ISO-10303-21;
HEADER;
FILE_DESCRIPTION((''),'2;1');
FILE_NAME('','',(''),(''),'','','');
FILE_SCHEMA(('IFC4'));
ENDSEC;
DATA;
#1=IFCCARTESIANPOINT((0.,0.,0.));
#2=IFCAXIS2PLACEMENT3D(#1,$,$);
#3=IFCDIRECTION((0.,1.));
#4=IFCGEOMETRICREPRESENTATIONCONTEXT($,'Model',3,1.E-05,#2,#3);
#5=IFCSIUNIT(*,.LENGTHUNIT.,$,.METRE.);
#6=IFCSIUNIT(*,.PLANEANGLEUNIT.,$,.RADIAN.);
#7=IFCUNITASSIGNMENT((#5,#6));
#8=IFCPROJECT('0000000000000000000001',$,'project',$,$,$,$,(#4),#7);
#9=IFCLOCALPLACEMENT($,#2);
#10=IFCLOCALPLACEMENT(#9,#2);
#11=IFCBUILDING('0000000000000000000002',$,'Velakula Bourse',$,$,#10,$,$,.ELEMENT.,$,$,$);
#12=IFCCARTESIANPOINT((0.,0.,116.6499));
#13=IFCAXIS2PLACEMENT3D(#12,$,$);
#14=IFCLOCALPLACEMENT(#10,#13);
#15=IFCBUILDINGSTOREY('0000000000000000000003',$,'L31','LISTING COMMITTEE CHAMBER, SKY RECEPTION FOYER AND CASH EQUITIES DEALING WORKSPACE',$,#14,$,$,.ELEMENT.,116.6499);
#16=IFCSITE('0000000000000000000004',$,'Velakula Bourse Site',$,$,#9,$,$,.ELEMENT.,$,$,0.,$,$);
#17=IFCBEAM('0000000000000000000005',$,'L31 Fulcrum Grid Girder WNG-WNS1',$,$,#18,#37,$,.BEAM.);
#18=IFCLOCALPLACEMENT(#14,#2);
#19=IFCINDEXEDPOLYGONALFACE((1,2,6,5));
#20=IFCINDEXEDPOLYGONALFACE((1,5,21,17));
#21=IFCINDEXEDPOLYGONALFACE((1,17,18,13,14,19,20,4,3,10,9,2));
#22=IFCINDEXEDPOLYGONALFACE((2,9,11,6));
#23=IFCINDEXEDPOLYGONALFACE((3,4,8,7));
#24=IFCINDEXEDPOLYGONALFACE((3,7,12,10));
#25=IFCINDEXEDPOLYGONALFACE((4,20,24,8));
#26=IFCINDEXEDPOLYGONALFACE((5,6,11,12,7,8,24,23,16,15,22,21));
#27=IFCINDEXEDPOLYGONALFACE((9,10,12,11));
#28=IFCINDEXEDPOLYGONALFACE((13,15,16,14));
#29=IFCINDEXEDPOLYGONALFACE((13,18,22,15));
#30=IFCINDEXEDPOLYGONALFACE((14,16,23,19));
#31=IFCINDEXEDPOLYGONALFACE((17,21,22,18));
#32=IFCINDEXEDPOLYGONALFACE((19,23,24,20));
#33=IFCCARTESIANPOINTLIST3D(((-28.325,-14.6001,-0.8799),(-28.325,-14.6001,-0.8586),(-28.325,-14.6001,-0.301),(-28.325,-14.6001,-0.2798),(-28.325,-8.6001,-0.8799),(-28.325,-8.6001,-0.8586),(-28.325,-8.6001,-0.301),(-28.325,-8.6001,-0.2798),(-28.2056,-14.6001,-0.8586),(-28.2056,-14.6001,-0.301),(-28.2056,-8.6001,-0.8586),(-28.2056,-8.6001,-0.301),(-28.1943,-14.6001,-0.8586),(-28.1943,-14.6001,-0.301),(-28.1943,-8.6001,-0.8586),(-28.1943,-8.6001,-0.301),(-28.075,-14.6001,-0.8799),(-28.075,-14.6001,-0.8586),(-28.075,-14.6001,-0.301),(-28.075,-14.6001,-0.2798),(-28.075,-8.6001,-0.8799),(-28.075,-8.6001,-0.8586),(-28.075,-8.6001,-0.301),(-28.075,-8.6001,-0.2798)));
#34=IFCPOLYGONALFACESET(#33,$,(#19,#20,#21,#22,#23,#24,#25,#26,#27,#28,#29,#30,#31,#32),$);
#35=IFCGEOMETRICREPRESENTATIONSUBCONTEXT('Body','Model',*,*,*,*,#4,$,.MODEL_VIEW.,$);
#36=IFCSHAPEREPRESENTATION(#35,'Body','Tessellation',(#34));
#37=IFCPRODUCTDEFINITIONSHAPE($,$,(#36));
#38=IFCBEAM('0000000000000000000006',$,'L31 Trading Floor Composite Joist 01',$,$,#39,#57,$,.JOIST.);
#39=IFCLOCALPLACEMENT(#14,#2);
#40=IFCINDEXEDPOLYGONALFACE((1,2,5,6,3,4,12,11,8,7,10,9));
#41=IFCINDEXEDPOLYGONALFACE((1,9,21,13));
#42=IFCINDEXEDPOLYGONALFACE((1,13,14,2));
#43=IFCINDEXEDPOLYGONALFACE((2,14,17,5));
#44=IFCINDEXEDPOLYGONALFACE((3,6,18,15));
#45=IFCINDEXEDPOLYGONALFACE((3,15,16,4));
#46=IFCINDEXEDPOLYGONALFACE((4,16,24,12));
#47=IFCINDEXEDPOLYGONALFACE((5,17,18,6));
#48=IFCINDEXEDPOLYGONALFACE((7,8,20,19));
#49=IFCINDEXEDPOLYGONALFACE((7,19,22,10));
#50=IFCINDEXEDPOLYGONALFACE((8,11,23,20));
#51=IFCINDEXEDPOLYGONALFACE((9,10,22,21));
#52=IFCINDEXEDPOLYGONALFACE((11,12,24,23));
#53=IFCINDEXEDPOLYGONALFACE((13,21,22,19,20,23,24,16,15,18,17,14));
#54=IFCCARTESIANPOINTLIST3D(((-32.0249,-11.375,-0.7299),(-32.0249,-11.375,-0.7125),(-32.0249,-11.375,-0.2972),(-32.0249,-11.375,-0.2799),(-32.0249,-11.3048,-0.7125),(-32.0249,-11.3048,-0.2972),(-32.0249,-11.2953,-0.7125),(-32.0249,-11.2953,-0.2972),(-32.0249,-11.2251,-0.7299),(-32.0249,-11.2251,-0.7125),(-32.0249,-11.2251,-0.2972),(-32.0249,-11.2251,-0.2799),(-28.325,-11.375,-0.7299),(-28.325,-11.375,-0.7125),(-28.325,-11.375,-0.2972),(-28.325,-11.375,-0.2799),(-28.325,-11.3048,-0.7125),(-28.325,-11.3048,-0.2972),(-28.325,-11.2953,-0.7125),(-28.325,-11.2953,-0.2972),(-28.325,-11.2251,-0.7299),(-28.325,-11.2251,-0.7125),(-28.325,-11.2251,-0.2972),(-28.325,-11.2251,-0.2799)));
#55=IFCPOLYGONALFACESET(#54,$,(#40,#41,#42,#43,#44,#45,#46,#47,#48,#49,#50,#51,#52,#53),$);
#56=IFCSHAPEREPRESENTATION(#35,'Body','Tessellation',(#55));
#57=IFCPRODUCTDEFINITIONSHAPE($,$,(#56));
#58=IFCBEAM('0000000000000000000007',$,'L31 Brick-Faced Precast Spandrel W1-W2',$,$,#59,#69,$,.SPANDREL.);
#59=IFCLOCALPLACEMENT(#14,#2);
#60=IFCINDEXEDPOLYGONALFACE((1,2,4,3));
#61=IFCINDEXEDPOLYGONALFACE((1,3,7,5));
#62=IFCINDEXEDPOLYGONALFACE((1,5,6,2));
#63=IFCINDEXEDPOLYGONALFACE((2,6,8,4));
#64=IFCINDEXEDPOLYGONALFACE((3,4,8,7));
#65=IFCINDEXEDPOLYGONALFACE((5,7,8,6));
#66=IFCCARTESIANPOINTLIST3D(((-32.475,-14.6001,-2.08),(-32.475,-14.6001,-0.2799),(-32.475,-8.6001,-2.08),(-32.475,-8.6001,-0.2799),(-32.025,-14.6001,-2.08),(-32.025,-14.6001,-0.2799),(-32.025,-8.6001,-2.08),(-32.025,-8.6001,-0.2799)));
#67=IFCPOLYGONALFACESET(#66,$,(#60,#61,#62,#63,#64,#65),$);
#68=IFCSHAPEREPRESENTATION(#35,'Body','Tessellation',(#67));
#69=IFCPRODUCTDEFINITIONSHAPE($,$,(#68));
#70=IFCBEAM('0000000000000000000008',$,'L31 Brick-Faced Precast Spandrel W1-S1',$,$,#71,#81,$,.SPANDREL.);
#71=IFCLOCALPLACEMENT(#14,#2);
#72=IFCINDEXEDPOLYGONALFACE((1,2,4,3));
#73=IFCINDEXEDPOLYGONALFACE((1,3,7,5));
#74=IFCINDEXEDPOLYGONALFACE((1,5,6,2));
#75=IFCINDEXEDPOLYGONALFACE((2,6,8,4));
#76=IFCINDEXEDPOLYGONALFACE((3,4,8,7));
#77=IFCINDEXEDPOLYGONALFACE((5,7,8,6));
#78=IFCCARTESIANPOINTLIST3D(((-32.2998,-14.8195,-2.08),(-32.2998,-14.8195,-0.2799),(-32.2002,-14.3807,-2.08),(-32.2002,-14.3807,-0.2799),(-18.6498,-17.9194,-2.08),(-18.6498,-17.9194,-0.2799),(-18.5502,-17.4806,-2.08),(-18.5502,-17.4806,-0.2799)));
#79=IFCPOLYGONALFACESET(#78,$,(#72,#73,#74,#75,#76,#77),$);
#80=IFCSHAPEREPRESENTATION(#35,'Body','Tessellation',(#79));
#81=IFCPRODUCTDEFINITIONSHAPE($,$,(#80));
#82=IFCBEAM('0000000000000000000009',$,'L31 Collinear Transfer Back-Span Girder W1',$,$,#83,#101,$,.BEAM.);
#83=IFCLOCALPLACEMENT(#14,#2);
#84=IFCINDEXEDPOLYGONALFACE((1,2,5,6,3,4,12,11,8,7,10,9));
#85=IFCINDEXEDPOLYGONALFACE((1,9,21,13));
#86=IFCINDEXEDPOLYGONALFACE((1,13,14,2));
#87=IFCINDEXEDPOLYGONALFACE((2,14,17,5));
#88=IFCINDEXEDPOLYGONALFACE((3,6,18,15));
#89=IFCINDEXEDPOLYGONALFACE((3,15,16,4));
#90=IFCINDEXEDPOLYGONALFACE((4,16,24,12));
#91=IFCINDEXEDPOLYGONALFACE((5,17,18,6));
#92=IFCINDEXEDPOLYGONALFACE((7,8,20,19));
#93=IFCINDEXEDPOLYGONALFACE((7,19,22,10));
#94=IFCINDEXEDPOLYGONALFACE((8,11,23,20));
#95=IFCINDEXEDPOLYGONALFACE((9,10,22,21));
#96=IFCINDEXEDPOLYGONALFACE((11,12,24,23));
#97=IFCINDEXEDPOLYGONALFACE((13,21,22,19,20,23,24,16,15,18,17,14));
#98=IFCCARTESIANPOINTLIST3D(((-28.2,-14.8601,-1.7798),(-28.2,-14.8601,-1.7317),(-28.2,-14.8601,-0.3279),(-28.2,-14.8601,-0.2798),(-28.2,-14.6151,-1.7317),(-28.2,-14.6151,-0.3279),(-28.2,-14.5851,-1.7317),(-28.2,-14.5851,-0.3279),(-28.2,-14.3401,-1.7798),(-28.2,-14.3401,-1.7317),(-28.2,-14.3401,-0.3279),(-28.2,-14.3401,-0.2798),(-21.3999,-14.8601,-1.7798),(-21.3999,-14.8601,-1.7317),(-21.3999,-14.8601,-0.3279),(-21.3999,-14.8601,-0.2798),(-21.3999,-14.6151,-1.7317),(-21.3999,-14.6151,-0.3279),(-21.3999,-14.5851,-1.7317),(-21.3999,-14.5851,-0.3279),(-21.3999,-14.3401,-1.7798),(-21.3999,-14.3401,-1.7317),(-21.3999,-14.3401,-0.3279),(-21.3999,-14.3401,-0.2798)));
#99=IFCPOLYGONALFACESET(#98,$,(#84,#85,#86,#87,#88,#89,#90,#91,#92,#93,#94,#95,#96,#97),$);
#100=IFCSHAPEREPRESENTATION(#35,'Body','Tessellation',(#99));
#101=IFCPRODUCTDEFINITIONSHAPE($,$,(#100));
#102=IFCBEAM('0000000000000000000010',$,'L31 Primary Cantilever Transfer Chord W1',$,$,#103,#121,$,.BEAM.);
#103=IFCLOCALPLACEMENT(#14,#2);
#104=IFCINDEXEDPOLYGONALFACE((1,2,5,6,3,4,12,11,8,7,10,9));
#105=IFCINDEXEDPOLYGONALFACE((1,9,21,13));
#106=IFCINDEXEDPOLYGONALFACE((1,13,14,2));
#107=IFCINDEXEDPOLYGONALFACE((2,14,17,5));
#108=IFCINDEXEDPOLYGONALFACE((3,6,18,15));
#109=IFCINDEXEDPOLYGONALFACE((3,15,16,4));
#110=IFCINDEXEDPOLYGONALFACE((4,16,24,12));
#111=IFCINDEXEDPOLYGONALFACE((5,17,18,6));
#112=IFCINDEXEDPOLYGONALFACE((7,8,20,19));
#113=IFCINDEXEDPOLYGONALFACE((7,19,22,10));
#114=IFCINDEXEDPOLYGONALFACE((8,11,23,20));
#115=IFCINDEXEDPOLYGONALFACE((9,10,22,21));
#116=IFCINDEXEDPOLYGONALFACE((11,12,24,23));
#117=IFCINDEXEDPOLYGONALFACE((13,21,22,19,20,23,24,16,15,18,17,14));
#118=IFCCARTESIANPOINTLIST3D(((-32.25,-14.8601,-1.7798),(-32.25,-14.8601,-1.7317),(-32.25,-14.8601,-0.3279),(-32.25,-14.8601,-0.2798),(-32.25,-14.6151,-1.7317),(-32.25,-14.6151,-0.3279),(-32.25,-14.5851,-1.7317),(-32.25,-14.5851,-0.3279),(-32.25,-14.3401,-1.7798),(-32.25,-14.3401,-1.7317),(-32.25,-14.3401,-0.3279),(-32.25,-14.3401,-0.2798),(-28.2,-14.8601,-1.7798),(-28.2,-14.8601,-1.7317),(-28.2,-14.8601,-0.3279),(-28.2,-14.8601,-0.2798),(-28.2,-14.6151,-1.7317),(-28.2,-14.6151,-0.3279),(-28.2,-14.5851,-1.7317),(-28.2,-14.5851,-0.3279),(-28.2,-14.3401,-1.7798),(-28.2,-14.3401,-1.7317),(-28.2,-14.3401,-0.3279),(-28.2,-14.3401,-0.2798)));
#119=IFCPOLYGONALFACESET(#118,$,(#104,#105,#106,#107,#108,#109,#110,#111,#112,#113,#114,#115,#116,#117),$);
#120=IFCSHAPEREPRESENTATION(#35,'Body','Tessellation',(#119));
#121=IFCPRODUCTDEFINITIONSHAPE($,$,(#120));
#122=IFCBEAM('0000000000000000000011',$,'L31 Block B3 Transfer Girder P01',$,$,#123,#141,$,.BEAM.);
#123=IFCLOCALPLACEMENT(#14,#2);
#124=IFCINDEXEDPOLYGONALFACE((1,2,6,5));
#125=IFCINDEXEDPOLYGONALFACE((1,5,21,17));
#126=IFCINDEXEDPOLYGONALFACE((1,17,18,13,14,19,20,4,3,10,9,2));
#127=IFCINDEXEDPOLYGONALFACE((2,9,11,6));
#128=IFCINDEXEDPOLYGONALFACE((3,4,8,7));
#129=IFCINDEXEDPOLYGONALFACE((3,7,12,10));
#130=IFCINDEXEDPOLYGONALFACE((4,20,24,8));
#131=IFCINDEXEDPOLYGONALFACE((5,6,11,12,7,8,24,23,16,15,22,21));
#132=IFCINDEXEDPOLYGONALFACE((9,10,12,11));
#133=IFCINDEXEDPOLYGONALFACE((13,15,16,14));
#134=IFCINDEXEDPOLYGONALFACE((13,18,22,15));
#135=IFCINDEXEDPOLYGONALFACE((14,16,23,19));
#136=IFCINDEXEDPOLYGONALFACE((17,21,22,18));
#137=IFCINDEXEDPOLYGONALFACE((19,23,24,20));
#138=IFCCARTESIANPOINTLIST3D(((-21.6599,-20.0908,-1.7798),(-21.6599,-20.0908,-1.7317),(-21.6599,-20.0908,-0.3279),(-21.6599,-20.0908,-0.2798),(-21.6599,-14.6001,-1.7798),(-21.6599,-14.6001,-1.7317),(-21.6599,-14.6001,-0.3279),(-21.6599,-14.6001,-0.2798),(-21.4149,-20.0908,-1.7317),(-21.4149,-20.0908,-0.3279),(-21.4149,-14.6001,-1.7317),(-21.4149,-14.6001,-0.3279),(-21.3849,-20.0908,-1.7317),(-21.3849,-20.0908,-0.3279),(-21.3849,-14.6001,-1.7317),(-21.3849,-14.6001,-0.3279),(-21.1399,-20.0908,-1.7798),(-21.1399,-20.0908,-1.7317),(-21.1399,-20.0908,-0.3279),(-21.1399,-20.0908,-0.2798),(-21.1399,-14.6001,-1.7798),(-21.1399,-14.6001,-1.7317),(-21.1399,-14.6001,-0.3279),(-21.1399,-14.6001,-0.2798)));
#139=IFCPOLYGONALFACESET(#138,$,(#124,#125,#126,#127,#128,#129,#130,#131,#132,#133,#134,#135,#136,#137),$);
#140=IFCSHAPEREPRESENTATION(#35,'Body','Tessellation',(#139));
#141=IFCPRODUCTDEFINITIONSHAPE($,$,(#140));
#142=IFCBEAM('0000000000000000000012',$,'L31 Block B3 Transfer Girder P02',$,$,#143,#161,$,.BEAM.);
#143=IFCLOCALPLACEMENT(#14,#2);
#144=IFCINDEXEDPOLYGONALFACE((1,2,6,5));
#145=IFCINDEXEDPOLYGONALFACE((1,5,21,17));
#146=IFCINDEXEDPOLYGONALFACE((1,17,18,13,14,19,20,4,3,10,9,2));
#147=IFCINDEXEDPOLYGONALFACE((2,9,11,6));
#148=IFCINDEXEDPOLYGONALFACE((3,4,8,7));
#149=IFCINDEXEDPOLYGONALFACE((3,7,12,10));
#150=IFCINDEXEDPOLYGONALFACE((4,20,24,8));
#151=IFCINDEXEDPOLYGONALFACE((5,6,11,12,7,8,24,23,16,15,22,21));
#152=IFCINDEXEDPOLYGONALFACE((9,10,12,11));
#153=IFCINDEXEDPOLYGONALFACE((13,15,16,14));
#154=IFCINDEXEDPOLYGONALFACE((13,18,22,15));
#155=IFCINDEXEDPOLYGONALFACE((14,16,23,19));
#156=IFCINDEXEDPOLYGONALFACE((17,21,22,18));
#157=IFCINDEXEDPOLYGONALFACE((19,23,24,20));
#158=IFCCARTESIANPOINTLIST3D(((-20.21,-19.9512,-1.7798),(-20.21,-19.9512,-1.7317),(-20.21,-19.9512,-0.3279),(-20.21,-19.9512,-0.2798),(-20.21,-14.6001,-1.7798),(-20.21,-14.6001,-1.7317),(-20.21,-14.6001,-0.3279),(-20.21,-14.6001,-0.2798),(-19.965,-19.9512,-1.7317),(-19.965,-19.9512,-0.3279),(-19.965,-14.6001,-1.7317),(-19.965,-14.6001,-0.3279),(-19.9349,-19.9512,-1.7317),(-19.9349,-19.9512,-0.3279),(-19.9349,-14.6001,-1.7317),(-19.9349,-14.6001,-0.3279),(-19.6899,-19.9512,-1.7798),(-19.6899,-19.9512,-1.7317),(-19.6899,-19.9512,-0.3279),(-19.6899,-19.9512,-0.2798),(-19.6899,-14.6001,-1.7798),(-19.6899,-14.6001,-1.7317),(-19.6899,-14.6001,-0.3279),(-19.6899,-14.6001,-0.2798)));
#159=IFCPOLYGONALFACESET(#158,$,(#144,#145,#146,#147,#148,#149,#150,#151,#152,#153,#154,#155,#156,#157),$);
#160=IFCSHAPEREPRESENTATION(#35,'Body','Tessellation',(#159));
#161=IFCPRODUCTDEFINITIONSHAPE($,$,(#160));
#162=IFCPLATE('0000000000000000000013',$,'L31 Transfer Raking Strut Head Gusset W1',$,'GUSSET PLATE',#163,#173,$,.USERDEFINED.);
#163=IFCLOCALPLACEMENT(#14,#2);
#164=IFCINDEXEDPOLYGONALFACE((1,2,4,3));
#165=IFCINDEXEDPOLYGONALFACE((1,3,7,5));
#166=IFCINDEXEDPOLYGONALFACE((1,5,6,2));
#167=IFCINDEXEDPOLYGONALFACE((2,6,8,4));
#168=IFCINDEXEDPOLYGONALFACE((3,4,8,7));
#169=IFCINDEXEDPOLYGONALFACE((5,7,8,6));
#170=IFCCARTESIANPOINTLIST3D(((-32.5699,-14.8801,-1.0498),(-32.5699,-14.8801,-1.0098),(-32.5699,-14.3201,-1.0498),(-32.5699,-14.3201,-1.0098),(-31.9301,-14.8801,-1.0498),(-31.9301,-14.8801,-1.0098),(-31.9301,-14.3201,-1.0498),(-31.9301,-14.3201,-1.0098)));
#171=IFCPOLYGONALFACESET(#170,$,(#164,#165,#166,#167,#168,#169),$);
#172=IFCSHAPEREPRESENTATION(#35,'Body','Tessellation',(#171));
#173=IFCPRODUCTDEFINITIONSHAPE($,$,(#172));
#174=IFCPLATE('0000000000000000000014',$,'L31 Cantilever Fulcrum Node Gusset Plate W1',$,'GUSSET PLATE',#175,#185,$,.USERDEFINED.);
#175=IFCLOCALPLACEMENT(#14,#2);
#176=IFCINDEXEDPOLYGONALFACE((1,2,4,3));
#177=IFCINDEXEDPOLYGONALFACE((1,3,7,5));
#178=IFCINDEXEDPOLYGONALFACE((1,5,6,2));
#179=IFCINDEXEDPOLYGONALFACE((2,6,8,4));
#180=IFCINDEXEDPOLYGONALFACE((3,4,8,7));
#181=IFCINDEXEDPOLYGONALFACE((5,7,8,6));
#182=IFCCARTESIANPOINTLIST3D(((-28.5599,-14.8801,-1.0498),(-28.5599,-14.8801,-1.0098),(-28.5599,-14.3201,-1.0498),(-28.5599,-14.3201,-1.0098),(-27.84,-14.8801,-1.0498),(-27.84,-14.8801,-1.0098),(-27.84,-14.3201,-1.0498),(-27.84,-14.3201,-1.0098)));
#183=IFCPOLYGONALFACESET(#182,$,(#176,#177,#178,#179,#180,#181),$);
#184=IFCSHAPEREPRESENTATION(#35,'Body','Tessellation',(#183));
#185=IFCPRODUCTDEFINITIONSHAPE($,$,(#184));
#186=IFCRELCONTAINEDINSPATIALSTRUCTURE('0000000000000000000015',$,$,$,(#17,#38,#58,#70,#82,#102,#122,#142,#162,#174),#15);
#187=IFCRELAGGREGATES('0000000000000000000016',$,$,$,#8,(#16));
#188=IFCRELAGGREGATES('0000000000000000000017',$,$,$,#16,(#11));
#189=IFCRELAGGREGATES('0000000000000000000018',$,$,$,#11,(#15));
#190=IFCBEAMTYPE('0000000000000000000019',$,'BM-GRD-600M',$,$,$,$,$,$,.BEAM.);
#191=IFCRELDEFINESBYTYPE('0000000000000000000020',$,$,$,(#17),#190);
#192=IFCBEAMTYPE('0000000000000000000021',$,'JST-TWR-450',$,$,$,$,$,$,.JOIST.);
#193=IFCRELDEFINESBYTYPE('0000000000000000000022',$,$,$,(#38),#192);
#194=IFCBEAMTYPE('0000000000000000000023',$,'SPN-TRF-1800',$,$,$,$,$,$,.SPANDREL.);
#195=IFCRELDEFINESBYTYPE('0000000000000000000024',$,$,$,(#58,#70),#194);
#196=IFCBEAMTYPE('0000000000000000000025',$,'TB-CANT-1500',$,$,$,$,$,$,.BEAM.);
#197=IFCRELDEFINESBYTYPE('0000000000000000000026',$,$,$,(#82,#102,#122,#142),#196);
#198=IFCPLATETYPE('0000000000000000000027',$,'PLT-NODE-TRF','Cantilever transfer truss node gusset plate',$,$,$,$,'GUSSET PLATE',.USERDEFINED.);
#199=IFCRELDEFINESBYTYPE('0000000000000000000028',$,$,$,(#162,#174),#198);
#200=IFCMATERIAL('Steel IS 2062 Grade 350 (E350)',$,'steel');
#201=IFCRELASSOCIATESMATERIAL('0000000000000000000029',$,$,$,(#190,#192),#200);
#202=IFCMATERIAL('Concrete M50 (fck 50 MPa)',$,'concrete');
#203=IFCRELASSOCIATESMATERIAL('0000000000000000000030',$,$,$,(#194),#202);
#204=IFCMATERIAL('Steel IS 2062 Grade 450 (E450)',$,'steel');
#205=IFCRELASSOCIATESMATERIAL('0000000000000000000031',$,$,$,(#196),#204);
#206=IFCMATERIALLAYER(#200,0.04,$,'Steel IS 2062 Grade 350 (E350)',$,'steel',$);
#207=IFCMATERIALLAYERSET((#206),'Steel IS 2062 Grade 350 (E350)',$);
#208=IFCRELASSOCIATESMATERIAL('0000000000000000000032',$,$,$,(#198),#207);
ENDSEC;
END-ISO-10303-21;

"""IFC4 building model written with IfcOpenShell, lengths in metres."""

from ifc_helpers import new_model, si_unit, direction, frame, origin, origin_2d, place, context, subcontext, project, spatial, rectangle, i_section, extrude, material, layer, layer_set, material_profile, profile_set, type_object, element, save


model = new_model("IFC4")

# Units and contexts
model_context = context("Model", 3, precision=1e-05, world=origin(), true_north=direction((0.0, 1.0)))
body_context = subcontext(model_context, "Body", "Model", "MODEL_VIEW")
ifc_project = project(units=[si_unit("LENGTHUNIT", "METRE"), si_unit("PLANEANGLEUNIT", "RADIAN")], contexts=[model_context])

# Site, building, storey
site_placement = place(None, origin())
site = spatial("IfcSite", under=ifc_project, at=site_placement, Name="Velakula Bourse Site", CompositionType="ELEMENT", RefElevation=0.0)
building_placement = place(site_placement, origin())
building = spatial("IfcBuilding", under=site, at=building_placement, Name="Velakula Bourse", CompositionType="ELEMENT")
storey_placement = place(building_placement, frame((0.0, 0.0, 116.6499)))
storey = spatial("IfcBuildingStorey", under=building, at=storey_placement, Name="L31", Description="LISTING COMMITTEE CHAMBER, SKY RECEPTION FOYER AND CASH EQUITIES DEALING WORKSPACE", CompositionType="ELEMENT", Elevation=116.6499)

# Shared definitions
ifc_material_1 = material(Name="Steel IS 2062 Grade 350 (E350)", Category="steel")

# Beams
ifc_material_profile_1 = material_profile(ifc_material_1, i_section(OverallWidth=0.25, OverallDepth=0.6001, WebThickness=0.0112, FlangeThickness=0.0212, at=origin_2d()), Name="Steel IS 2062 Grade 350 (E350)")
ifc_profile_set_1 = profile_set([ifc_material_profile_1], Name="Steel IS 2062 Grade 350 (E350)")
beam_type_1 = type_object("IfcBeamType", Name="BM-GRD-600M", PredefinedType="BEAM", material=ifc_profile_set_1)
for number, where, z_axis, x_axis, name in (
    (1, (-28.2, -14.6001, -0.5798), (0.0, 1.0, 0.0), (-1.0, 0.0, 0.0), "L31 Fulcrum Grid Girder WNG-WNS1"),
):
    element("IfcBeam", number, at=place(storey_placement, frame(where, z_axis=z_axis, x_axis=x_axis)), inside=storey, type_object=beam_type_1, Name=name, PredefinedType="BEAM", context=body_context, shape_type="SweptSolid", body=[
        extrude(i_section(OverallWidth=0.25, OverallDepth=0.6001, WebThickness=0.0112, FlangeThickness=0.0212, at=origin_2d()), origin(), (0.0, 0.0, 1.0), 6.0),
    ])
ifc_material_profile_2 = material_profile(ifc_material_1, i_section(OverallWidth=0.1499, OverallDepth=0.45, WebThickness=0.0095, FlangeThickness=0.0173, at=origin_2d()), Name="Steel IS 2062 Grade 350 (E350)")
ifc_profile_set_2 = profile_set([ifc_material_profile_2], Name="Steel IS 2062 Grade 350 (E350)")
beam_type_2 = type_object("IfcBeamType", Name="JST-TWR-450", PredefinedType="JOIST", material=ifc_profile_set_2)
beam_1_placement = place(storey_placement, frame((-32.0249, -11.3, -0.5049), z_axis=(1.0, 0.0, 0.0), x_axis=(0.0, 1.0, 0.0)))
element("IfcBeam", 2, at=beam_1_placement, inside=storey, type_object=beam_type_2, Name="L31 Trading Floor Composite Joist 01", PredefinedType="JOIST", context=body_context, shape_type="SweptSolid", body=[
    extrude(i_section(OverallWidth=0.1499, OverallDepth=0.45, WebThickness=0.0095, FlangeThickness=0.0173, at=origin_2d()), origin(), (0.0, 0.0, 1.0), 3.7),
])
ifc_material_2 = material(Name="Concrete M50 (fck 50 MPa)", Category="concrete")
ifc_material_profile_3 = material_profile(ifc_material_2, rectangle(XDim=0.45, YDim=1.8, at=origin_2d()), Name="Concrete M50 (fck 50 MPa)")
ifc_profile_set_3 = profile_set([ifc_material_profile_3], Name="Concrete M50 (fck 50 MPa)")
beam_type_3 = type_object("IfcBeamType", Name="SPN-TRF-1800", PredefinedType="SPANDREL", material=ifc_profile_set_3)
beam_2_placement = place(storey_placement, frame((-32.25, -14.6001, -1.1799), z_axis=(0.0, 1.0, 0.0), x_axis=(-1.0, 0.0, 0.0)))
element("IfcBeam", 3, at=beam_2_placement, inside=storey, type_object=beam_type_3, Name="L31 Brick-Faced Precast Spandrel W1-W2", PredefinedType="SPANDREL", context=body_context, shape_type="SweptSolid", body=[
    extrude(rectangle(XDim=0.45, YDim=1.8, at=origin_2d()), origin(), (0.0, 0.0, 1.0), 6.0),
])
beam_3_placement = place(storey_placement, frame((-32.25, -14.6001, -1.1799), z_axis=(0.97517, -0.221458, 0.0), x_axis=(0.221458, 0.97517, 0.0)))
element("IfcBeam", 4, at=beam_3_placement, inside=storey, type_object=beam_type_3, Name="L31 Brick-Faced Precast Spandrel W1-S1", PredefinedType="SPANDREL", context=body_context, shape_type="SweptSolid", body=[
    extrude(rectangle(XDim=0.45, YDim=1.8, at=origin_2d()), origin(), (0.0, 0.0, 1.0), 13.9976),
])
ifc_material_3 = material(Name="Steel IS 2062 Grade 450 (E450)", Category="steel")
ifc_material_profile_4 = material_profile(ifc_material_3, i_section(OverallWidth=0.52, OverallDepth=1.5, WebThickness=0.03, FlangeThickness=0.0481, at=origin_2d()), Name="Steel IS 2062 Grade 450 (E450)")
ifc_profile_set_4 = profile_set([ifc_material_profile_4], Name="Steel IS 2062 Grade 450 (E450)")
beam_type_4 = type_object("IfcBeamType", Name="TB-CANT-1500", PredefinedType="BEAM", material=ifc_profile_set_4)
beam_4_placement = place(storey_placement, frame((-21.3999, -14.6001, -1.0298), z_axis=(-1.0, 0.0, 0.0), x_axis=(0.0, -1.0, 0.0)))
element("IfcBeam", 5, at=beam_4_placement, inside=storey, type_object=beam_type_4, Name="L31 Collinear Transfer Back-Span Girder W1", PredefinedType="BEAM", context=body_context, shape_type="SweptSolid", body=[
    extrude(i_section(OverallWidth=0.52, OverallDepth=1.5, WebThickness=0.03, FlangeThickness=0.0481, at=origin_2d()), origin(), (0.0, 0.0, 1.0), 6.8),
])
beam_5_placement = place(storey_placement, frame((-28.2, -14.6001, -1.0298), z_axis=(-1.0, 0.0, 0.0), x_axis=(0.0, -1.0, 0.0)))
element("IfcBeam", 6, at=beam_5_placement, inside=storey, type_object=beam_type_4, Name="L31 Primary Cantilever Transfer Chord W1", PredefinedType="BEAM", context=body_context, shape_type="SweptSolid", body=[
    extrude(i_section(OverallWidth=0.52, OverallDepth=1.5, WebThickness=0.03, FlangeThickness=0.0481, at=origin_2d()), origin(), (0.0, 0.0, 1.0), 4.05),
])
beam_6_placement = place(storey_placement, frame((-21.3999, -20.0908, -1.0298), z_axis=(0.0, 1.0, 0.0), x_axis=(-1.0, 0.0, 0.0)))
element("IfcBeam", 7, at=beam_6_placement, inside=storey, type_object=beam_type_4, Name="L31 Block B3 Transfer Girder P01", PredefinedType="BEAM", context=body_context, shape_type="SweptSolid", body=[
    extrude(i_section(OverallWidth=0.52, OverallDepth=1.5, WebThickness=0.03, FlangeThickness=0.0481, at=origin_2d()), origin(), (0.0, 0.0, 1.0), 5.4907),
])
beam_7_placement = place(storey_placement, frame((-19.95, -19.9512, -1.0298), z_axis=(0.0, 1.0, 0.0), x_axis=(-1.0, 0.0, 0.0)))
element("IfcBeam", 8, at=beam_7_placement, inside=storey, type_object=beam_type_4, Name="L31 Block B3 Transfer Girder P02", PredefinedType="BEAM", context=body_context, shape_type="SweptSolid", body=[
    extrude(i_section(OverallWidth=0.52, OverallDepth=1.5, WebThickness=0.03, FlangeThickness=0.0481, at=origin_2d()), origin(), (0.0, 0.0, 1.0), 5.3511),
])

# Plates
ifc_layer_1 = layer(ifc_material_1, 0.04, Name="Steel IS 2062 Grade 350 (E350)", Category="steel")
ifc_layer_set_1 = layer_set([ifc_layer_1], Name="Steel IS 2062 Grade 350 (E350)")
plate_type = type_object("IfcPlateType", Name="PLT-NODE-TRF", Description="Cantilever transfer truss node gusset plate", ElementType="GUSSET PLATE", PredefinedType="USERDEFINED", material=ifc_layer_set_1)
plate_1_placement = place(storey_placement, frame((-32.25, -14.6001, -1.0498), z_axis=(0.0, 0.0, 1.0), x_axis=(-1.0, 0.0, 0.0)))
element("IfcPlate", 9, at=plate_1_placement, inside=storey, type_object=plate_type, Name="L31 Transfer Raking Strut Head Gusset W1", ObjectType="GUSSET PLATE", PredefinedType="USERDEFINED", context=body_context, shape_type="SweptSolid", body=[
    extrude(rectangle(XDim=0.6399, YDim=0.5601, at=origin_2d()), origin(), (0.0, 0.0, 1.0), 0.04),
])
plate_2_placement = place(storey_placement, frame((-28.2, -14.6001, -1.0498), z_axis=(0.0, 0.0, 1.0), x_axis=(1.0, 0.0, 0.0)))
element("IfcPlate", 10, at=plate_2_placement, inside=storey, type_object=plate_type, Name="L31 Cantilever Fulcrum Node Gusset Plate W1", ObjectType="GUSSET PLATE", PredefinedType="USERDEFINED", context=body_context, shape_type="SweptSolid", body=[
    extrude(rectangle(XDim=0.72, YDim=0.5601, at=origin_2d()), origin(), (0.0, 0.0, 1.0), 0.04),
])

save(model, "model.ifc")
